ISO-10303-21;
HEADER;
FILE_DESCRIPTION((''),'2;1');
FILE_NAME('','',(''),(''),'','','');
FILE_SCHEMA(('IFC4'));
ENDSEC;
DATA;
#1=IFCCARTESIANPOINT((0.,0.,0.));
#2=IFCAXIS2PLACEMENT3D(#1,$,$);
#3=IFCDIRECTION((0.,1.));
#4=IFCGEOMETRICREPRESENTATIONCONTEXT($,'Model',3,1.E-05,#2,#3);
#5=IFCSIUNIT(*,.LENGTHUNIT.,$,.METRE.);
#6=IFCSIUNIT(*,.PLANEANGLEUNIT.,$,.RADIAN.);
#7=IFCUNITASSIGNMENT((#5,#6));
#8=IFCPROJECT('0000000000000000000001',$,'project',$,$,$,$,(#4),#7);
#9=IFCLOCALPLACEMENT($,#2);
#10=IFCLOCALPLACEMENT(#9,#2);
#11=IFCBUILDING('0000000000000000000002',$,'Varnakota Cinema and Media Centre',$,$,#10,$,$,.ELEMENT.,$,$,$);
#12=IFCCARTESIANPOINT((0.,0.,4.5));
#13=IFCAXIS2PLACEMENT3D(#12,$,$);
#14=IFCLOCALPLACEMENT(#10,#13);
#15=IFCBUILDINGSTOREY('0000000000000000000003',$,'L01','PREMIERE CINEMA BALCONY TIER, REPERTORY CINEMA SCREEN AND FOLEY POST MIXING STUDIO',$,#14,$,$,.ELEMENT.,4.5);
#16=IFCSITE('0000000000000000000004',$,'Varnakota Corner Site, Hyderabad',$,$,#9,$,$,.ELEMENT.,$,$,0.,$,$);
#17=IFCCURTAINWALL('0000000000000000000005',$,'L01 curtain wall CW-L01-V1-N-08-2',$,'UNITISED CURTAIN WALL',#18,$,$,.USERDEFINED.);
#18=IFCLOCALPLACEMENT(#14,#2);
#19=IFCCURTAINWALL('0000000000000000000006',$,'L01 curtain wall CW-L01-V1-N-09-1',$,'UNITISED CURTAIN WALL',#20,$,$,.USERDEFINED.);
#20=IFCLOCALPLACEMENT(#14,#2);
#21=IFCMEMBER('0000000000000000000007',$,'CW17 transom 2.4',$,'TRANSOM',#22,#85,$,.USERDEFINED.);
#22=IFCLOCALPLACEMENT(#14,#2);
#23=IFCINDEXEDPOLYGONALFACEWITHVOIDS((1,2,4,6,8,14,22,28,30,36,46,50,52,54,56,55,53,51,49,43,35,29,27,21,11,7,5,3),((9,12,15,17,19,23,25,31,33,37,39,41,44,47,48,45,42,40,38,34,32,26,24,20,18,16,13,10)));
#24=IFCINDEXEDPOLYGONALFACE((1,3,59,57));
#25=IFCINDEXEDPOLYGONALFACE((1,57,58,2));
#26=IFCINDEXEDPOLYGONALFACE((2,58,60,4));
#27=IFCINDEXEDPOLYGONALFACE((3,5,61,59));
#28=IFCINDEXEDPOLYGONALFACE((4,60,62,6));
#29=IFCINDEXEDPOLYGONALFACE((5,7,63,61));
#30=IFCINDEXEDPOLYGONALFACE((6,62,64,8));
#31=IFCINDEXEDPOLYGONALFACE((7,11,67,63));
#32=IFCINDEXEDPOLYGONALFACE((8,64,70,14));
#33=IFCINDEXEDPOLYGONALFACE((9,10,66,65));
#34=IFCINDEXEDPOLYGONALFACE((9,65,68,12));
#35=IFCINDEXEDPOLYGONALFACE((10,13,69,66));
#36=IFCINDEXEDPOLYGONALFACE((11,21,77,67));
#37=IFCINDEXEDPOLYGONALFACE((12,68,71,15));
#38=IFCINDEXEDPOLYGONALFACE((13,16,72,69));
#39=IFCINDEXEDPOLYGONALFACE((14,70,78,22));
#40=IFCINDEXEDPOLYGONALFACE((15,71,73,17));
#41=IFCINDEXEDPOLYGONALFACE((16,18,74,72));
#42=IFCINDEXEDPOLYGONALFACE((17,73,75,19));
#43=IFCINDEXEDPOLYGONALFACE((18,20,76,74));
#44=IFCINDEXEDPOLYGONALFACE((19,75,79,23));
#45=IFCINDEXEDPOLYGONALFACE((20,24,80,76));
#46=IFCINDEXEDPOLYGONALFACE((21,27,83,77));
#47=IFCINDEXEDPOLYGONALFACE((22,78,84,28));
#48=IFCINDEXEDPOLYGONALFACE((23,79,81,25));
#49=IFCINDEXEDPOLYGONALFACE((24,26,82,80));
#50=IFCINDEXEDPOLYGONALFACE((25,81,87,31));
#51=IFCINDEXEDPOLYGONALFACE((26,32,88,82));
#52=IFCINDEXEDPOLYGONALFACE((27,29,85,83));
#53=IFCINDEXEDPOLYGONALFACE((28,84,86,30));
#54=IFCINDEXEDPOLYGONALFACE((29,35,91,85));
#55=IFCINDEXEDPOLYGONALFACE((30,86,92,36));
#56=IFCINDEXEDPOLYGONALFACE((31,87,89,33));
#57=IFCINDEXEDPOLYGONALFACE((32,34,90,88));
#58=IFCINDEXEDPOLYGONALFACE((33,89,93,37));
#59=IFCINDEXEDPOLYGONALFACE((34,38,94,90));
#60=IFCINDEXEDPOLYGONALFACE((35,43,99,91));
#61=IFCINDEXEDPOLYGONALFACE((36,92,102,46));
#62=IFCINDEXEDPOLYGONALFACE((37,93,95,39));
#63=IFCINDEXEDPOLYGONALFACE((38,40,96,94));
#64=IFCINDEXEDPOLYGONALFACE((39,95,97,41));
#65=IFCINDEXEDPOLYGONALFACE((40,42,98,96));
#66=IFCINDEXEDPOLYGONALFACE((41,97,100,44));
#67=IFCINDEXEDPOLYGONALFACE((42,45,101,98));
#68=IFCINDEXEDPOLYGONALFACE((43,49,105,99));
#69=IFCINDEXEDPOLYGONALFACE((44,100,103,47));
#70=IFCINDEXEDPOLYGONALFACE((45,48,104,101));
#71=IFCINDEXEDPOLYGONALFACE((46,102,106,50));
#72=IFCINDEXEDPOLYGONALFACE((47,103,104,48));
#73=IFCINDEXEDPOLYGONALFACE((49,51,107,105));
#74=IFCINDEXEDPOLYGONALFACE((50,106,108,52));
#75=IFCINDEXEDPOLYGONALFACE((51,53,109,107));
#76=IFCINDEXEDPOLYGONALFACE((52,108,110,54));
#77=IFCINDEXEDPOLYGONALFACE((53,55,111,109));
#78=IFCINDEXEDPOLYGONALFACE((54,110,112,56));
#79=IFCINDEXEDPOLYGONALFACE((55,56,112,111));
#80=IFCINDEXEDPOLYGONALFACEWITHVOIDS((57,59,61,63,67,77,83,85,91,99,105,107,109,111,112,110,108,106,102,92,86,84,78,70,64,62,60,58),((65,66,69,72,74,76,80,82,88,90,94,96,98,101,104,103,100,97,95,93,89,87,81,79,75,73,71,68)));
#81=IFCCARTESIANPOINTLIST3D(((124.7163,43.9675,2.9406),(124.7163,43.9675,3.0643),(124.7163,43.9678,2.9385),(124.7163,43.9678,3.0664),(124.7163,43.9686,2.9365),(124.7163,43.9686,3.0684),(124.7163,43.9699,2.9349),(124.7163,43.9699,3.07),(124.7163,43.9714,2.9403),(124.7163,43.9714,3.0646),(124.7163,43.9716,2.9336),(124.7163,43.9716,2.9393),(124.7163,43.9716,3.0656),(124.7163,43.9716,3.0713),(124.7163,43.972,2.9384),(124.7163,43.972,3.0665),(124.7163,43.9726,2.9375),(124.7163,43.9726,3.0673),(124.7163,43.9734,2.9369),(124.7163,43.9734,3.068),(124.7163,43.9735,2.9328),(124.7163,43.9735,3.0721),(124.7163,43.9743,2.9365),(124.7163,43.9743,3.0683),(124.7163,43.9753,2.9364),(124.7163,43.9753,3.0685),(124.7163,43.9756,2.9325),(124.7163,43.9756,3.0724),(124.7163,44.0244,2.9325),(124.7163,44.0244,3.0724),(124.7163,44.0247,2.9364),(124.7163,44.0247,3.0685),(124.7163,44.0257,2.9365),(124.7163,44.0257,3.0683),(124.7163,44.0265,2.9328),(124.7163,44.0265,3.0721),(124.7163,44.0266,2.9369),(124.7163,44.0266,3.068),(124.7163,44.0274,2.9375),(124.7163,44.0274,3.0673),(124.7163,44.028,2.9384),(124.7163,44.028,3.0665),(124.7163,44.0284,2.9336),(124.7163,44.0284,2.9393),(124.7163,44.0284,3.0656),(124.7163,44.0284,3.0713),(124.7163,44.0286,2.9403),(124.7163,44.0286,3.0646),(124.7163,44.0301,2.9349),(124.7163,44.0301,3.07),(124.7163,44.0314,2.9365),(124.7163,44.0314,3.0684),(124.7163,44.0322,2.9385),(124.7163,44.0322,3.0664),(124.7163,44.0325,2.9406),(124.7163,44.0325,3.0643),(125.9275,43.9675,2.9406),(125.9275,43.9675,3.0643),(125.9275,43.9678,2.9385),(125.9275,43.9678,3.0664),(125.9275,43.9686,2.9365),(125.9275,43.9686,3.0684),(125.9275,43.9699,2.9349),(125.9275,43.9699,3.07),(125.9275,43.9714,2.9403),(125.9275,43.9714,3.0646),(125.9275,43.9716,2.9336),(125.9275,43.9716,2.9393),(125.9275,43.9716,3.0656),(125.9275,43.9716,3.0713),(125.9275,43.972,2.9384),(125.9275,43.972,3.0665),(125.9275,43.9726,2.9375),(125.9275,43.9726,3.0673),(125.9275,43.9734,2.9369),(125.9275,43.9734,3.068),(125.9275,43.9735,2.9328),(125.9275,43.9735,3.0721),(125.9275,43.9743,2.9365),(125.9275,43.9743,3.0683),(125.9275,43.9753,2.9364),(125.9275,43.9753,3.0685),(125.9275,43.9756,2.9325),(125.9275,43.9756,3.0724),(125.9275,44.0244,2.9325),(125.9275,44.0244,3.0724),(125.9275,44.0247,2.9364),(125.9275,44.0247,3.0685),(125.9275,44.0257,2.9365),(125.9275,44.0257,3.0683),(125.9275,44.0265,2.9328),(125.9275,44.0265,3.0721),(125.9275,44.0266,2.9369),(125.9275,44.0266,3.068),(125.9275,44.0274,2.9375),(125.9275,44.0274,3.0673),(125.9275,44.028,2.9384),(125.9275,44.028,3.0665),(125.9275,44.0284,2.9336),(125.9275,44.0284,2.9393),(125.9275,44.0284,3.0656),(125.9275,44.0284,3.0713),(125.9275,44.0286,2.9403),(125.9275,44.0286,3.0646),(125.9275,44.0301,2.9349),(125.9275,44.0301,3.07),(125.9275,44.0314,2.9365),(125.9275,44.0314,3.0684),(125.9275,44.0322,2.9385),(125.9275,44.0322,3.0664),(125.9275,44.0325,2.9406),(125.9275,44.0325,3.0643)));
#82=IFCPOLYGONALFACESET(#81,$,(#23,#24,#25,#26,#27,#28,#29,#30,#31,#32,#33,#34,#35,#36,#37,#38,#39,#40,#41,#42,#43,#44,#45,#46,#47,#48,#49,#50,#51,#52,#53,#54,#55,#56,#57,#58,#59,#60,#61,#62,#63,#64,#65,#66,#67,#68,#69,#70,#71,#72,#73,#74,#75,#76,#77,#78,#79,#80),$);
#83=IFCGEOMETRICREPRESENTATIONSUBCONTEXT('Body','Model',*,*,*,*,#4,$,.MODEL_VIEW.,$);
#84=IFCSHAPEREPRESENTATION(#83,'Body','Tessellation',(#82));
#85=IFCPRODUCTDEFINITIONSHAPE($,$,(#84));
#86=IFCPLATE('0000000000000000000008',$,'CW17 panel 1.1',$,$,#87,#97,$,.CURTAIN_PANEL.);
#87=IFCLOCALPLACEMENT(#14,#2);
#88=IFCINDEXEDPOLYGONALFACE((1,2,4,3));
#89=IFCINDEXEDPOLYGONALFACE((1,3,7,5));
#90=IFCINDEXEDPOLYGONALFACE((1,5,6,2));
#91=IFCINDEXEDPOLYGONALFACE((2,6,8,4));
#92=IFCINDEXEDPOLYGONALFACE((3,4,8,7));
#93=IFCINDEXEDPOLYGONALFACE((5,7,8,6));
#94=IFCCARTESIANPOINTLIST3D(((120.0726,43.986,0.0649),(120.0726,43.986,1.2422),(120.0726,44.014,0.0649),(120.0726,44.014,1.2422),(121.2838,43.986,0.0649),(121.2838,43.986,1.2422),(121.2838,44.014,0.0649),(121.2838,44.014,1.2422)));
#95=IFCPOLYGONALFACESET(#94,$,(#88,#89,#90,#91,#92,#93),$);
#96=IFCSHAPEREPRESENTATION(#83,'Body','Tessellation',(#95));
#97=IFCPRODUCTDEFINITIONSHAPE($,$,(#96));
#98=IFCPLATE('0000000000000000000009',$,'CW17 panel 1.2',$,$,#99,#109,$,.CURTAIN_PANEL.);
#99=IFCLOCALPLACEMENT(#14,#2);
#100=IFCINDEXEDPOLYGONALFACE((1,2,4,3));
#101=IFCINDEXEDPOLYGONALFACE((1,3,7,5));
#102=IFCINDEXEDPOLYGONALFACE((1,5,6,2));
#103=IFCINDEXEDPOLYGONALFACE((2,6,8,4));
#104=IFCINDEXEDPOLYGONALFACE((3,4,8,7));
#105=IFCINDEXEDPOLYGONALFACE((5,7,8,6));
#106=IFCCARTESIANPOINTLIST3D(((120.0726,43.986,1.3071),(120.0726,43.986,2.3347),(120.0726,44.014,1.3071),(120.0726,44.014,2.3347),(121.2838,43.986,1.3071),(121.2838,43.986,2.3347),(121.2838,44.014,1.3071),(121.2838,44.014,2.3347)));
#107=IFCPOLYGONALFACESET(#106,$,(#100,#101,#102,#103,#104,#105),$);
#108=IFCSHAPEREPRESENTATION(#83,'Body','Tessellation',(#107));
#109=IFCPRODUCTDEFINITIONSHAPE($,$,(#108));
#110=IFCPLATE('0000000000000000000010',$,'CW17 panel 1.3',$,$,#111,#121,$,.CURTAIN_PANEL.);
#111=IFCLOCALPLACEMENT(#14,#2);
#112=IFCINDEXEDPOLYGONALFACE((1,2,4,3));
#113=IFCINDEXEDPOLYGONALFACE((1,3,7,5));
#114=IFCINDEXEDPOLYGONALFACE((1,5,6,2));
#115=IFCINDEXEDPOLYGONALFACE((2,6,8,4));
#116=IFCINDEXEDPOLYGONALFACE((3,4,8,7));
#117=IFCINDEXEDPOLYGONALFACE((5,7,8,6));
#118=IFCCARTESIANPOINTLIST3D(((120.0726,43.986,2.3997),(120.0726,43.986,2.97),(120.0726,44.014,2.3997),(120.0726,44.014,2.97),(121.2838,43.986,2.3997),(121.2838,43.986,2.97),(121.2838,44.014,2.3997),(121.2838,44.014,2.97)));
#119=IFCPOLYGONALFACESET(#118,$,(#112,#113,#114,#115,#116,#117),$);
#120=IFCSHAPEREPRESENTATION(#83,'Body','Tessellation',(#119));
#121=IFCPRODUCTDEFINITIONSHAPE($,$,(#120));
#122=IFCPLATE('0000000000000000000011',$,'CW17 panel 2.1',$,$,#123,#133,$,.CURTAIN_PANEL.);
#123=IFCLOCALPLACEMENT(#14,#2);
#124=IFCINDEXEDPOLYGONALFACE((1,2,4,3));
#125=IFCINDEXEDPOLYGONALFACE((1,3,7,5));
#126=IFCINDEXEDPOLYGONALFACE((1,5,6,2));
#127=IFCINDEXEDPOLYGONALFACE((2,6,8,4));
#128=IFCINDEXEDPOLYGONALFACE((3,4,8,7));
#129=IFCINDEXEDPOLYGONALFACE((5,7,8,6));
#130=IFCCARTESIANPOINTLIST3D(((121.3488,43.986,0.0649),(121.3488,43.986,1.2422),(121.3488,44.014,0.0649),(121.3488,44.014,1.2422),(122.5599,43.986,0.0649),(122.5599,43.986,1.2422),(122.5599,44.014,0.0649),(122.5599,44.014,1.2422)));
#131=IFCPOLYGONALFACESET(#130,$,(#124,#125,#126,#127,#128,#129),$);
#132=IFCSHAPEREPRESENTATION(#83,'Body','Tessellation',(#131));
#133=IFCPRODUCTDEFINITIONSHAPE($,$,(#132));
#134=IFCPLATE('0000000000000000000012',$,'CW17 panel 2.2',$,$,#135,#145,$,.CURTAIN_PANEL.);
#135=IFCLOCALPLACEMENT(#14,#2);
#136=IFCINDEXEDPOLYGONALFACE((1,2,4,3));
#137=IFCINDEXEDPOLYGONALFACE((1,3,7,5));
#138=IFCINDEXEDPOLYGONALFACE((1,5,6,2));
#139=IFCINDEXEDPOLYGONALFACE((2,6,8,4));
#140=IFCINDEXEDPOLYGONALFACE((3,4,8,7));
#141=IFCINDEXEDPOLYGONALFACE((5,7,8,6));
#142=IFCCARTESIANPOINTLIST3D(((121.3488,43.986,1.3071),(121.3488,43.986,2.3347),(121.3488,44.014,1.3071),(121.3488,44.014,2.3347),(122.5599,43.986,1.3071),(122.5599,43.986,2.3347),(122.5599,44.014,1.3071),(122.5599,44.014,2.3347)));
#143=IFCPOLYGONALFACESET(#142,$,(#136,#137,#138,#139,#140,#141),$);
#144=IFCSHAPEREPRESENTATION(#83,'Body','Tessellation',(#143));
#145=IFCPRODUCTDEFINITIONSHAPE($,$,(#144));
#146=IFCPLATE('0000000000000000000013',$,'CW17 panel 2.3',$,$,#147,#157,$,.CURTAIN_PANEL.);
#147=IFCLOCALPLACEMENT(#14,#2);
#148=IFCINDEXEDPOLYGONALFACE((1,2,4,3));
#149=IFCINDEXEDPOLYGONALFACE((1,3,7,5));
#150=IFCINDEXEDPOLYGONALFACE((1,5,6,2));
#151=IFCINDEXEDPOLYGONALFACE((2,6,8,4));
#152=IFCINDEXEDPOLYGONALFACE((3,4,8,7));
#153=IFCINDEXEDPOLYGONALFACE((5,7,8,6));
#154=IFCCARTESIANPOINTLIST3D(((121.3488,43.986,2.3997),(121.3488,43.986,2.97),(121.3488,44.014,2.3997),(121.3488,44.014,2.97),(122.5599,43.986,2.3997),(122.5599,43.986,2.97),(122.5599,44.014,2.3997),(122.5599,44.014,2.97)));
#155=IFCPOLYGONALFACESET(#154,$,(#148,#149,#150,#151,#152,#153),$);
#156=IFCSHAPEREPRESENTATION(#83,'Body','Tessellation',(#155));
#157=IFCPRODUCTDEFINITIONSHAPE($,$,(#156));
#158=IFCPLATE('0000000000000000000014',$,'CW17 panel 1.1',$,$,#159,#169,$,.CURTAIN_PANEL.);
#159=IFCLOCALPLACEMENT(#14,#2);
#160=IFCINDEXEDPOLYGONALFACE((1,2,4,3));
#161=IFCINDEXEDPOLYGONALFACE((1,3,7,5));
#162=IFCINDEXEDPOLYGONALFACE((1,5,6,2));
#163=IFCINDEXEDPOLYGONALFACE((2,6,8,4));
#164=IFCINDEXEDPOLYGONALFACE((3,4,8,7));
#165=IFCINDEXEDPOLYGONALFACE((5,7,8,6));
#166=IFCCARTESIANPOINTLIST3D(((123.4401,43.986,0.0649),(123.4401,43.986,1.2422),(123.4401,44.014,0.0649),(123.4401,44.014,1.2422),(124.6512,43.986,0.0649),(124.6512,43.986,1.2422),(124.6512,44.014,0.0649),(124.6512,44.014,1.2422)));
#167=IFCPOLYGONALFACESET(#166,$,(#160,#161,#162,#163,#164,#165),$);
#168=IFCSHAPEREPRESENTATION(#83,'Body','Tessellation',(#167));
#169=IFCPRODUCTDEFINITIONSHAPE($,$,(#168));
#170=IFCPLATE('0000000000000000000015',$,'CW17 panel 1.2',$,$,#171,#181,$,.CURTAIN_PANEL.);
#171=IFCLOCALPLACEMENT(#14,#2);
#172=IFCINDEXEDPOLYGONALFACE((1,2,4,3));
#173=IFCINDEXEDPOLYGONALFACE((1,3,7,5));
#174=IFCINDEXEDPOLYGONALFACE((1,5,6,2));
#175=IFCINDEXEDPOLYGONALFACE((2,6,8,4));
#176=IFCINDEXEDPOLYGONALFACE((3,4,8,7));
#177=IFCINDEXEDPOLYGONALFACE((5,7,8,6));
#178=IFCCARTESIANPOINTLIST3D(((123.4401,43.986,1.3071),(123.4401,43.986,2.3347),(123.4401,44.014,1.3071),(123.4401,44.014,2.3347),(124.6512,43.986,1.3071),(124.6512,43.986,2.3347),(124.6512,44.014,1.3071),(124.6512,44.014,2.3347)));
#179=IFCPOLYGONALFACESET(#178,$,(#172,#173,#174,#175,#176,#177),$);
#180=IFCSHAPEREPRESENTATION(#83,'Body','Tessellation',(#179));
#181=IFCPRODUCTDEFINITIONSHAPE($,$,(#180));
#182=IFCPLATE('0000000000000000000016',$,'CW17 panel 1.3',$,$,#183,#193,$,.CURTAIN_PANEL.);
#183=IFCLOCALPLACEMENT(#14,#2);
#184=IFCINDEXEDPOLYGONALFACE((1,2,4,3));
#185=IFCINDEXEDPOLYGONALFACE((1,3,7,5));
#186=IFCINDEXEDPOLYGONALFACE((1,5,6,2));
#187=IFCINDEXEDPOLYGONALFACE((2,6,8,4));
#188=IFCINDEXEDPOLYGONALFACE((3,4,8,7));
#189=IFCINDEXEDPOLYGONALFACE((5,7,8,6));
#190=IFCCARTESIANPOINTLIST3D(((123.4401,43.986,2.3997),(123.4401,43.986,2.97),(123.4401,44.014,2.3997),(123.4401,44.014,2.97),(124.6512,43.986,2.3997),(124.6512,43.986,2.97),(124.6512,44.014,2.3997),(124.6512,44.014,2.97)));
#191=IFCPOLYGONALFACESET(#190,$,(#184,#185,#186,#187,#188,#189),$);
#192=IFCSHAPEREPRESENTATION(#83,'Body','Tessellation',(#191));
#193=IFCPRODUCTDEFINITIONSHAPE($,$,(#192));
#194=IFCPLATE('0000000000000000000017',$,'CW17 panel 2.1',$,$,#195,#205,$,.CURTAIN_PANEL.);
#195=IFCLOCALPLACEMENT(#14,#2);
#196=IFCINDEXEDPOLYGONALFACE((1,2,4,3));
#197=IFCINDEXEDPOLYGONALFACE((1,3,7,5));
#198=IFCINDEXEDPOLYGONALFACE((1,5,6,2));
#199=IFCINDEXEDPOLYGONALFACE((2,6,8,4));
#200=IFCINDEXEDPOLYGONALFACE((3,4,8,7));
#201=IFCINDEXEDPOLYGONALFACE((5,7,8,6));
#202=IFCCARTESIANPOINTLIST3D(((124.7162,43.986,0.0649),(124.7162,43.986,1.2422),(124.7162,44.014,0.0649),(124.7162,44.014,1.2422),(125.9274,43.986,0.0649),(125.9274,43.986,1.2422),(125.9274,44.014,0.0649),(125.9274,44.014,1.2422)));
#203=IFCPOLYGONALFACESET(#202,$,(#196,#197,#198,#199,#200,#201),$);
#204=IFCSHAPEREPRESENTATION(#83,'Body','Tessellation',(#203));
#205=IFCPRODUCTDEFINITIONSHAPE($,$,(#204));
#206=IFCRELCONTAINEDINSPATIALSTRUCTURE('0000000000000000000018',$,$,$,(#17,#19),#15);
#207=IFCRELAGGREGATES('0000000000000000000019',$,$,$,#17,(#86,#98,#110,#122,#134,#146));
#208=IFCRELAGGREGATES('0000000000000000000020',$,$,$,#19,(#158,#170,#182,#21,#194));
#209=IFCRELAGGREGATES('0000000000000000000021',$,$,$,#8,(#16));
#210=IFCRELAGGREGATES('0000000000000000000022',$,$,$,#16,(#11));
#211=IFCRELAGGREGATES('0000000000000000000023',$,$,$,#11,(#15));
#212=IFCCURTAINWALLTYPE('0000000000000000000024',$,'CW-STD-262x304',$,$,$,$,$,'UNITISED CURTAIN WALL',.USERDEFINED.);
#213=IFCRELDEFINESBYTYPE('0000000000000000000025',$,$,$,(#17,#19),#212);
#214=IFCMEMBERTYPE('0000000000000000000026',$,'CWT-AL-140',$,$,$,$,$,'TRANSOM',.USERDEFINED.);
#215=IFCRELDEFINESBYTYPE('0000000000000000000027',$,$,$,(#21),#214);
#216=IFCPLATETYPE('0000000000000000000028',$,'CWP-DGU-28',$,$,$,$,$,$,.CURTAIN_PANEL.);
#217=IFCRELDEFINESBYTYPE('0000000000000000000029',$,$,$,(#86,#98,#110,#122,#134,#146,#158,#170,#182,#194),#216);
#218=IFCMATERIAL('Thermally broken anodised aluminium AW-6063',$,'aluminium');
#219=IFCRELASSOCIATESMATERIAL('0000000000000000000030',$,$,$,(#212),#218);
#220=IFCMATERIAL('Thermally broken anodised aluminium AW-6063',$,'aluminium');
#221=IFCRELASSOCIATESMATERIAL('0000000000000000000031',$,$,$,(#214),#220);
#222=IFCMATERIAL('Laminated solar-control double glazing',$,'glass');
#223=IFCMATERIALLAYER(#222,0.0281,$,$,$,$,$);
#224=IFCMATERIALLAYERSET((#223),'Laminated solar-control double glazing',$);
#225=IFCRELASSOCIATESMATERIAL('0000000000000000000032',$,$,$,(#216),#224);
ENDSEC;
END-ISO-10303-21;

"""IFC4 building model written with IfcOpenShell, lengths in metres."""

from ifc_helpers import new_model, si_unit, direction, frame, origin, origin_2d, place, context, subcontext, project, spatial, rectangle, hollow_rectangle, extrude, material, layer, layer_set, material_profile, profile_set, type_object, element, aggregate, save


model = new_model("IFC4")

# Units and contexts
model_context = context("Model", 3, precision=1e-05, world=origin(), true_north=direction((0.0, 1.0)))
body_context = subcontext(model_context, "Body", "Model", "MODEL_VIEW")
ifc_project = project(units=[si_unit("LENGTHUNIT", "METRE"), si_unit("PLANEANGLEUNIT", "RADIAN")], contexts=[model_context])

# Site, building, storey
site_placement = place(None, origin())
site = spatial("IfcSite", under=ifc_project, at=site_placement, Name="Varnakota Corner Site, Hyderabad", CompositionType="ELEMENT", RefElevation=0.0)
building_placement = place(site_placement, origin())
building = spatial("IfcBuilding", under=site, at=building_placement, Name="Varnakota Cinema and Media Centre", CompositionType="ELEMENT")
storey_placement = place(building_placement, frame((0.0, 0.0, 4.5)))
storey = spatial("IfcBuildingStorey", under=building, at=storey_placement, Name="L01", Description="PREMIERE CINEMA BALCONY TIER, REPERTORY CINEMA SCREEN AND FOLEY POST MIXING STUDIO", CompositionType="ELEMENT", Elevation=4.5)

# Curtain walls
ifc_material_1 = material(Name="Thermally broken anodised aluminium AW-6063", Category="aluminium")
curtain_wall_type = type_object("IfcCurtainWallType", Name="CW-STD-262x304", ElementType="UNITISED CURTAIN WALL", PredefinedType="USERDEFINED", material=ifc_material_1)
curtain_wall_1_placement = place(storey_placement, origin())
curtain_wall_1 = element("IfcCurtainWall", 1, at=curtain_wall_1_placement, inside=storey, type_object=curtain_wall_type, Name="L01 curtain wall CW-L01-V1-N-08-2", ObjectType="UNITISED CURTAIN WALL", PredefinedType="USERDEFINED")
curtain_wall_2_placement = place(storey_placement, origin())
curtain_wall_2 = element("IfcCurtainWall", 2, at=curtain_wall_2_placement, inside=storey, type_object=curtain_wall_type, Name="L01 curtain wall CW-L01-V1-N-09-1", ObjectType="UNITISED CURTAIN WALL", PredefinedType="USERDEFINED")

# Member
ifc_material_2 = material(Name="Thermally broken anodised aluminium AW-6063", Category="aluminium")
ifc_material_profile_1 = material_profile(ifc_material_2, hollow_rectangle(XDim=0.0649, YDim=0.1399, WallThickness=0.0039, InnerFilletRadius=0.0039, OuterFilletRadius=0.0081, at=origin_2d()), Name="AL-TRANSOM 140x65x4")
ifc_profile_set_1 = profile_set([ifc_material_profile_1], Name="Thermally broken anodised aluminium AW-6063")
member_type_1 = type_object("IfcMemberType", Name="CWT-AL-140", ElementType="TRANSOM", PredefinedType="USERDEFINED", material=ifc_profile_set_1)
member_1_placement = place(storey_placement, frame((124.7163, 44.0, 3.0024), z_axis=(1.0, 0.0, 0.0), x_axis=(0.0, 1.0, 0.0)))
member_1 = element("IfcMember", 3, at=member_1_placement, type_object=member_type_1, Name="CW17 transom 2.4", ObjectType="TRANSOM", PredefinedType="USERDEFINED", context=body_context, shape_type="SweptSolid", body=[
    extrude(hollow_rectangle(XDim=0.0649, YDim=0.1399, WallThickness=0.0039, InnerFilletRadius=0.0039, OuterFilletRadius=0.0081, at=origin_2d()), origin(), (0.0, 0.0, 1.0), 1.2112),
])

# Plates
ifc_material_3 = material(Name="Laminated solar-control double glazing", Category="glass")
ifc_layer = layer(ifc_material_3, 0.0281)
ifc_layer_set = layer_set([ifc_layer], Name="Laminated solar-control double glazing")
plate_type = type_object("IfcPlateType", Name="CWP-DGU-28", PredefinedType="CURTAIN_PANEL", material=ifc_layer_set)
plate_1_placement = place(storey_placement, frame((120.6782, 44.0, 0.0649), z_axis=(0.0, 0.0, 1.0), x_axis=(1.0, 0.0, 0.0)))
plate_1 = element("IfcPlate", 4, at=plate_1_placement, type_object=plate_type, Name="CW17 panel 1.1", PredefinedType="CURTAIN_PANEL", context=body_context, shape_type="SweptSolid", body=[
    extrude(rectangle(XDim=1.2112, YDim=0.0281, at=origin_2d()), origin(), (0.0, 0.0, 1.0), 1.1772),
])
plate_2_placement = place(storey_placement, frame((120.6782, 44.0, 1.3071), z_axis=(0.0, 0.0, 1.0), x_axis=(1.0, 0.0, 0.0)))
plate_2 = element("IfcPlate", 5, at=plate_2_placement, type_object=plate_type, Name="CW17 panel 1.2", PredefinedType="CURTAIN_PANEL", context=body_context, shape_type="SweptSolid", body=[
    extrude(rectangle(XDim=1.2112, YDim=0.0281, at=origin_2d()), origin(), (0.0, 0.0, 1.0), 1.0276),
])
plate_3_placement = place(storey_placement, frame((120.6782, 44.0, 2.3997), z_axis=(0.0, 0.0, 1.0), x_axis=(1.0, 0.0, 0.0)))
plate_3 = element("IfcPlate", 6, at=plate_3_placement, type_object=plate_type, Name="CW17 panel 1.3", PredefinedType="CURTAIN_PANEL", context=body_context, shape_type="SweptSolid", body=[
    extrude(rectangle(XDim=1.2112, YDim=0.0281, at=origin_2d()), origin(), (0.0, 0.0, 1.0), 0.5703),
])
plate_4_placement = place(storey_placement, frame((121.9543, 44.0, 0.0649), z_axis=(0.0, 0.0, 1.0), x_axis=(1.0, 0.0, 0.0)))
plate_4 = element("IfcPlate", 7, at=plate_4_placement, type_object=plate_type, Name="CW17 panel 2.1", PredefinedType="CURTAIN_PANEL", context=body_context, shape_type="SweptSolid", body=[
    extrude(rectangle(XDim=1.2112, YDim=0.0281, at=origin_2d()), origin(), (0.0, 0.0, 1.0), 1.1772),
])
plate_5_placement = place(storey_placement, frame((121.9543, 44.0, 1.3071), z_axis=(0.0, 0.0, 1.0), x_axis=(1.0, 0.0, 0.0)))
plate_5 = element("IfcPlate", 8, at=plate_5_placement, type_object=plate_type, Name="CW17 panel 2.2", PredefinedType="CURTAIN_PANEL", context=body_context, shape_type="SweptSolid", body=[
    extrude(rectangle(XDim=1.2112, YDim=0.0281, at=origin_2d()), origin(), (0.0, 0.0, 1.0), 1.0276),
])
plate_6_placement = place(storey_placement, frame((121.9543, 44.0, 2.3997), z_axis=(0.0, 0.0, 1.0), x_axis=(1.0, 0.0, 0.0)))
plate_6 = element("IfcPlate", 9, at=plate_6_placement, type_object=plate_type, Name="CW17 panel 2.3", PredefinedType="CURTAIN_PANEL", context=body_context, shape_type="SweptSolid", body=[
    extrude(rectangle(XDim=1.2112, YDim=0.0281, at=origin_2d()), origin(), (0.0, 0.0, 1.0), 0.5703),
])
aggregate(curtain_wall_1, [plate_1, plate_2, plate_3, plate_4, plate_5, plate_6])
plate_7_placement = place(storey_placement, frame((124.0457, 44.0, 0.0649), z_axis=(0.0, 0.0, 1.0), x_axis=(1.0, 0.0, 0.0)))
plate_7 = element("IfcPlate", 10, at=plate_7_placement, type_object=plate_type, Name="CW17 panel 1.1", PredefinedType="CURTAIN_PANEL", context=body_context, shape_type="SweptSolid", body=[
    extrude(rectangle(XDim=1.2112, YDim=0.0281, at=origin_2d()), origin(), (0.0, 0.0, 1.0), 1.1772),
])
plate_8_placement = place(storey_placement, frame((124.0457, 44.0, 1.3071), z_axis=(0.0, 0.0, 1.0), x_axis=(1.0, 0.0, 0.0)))
plate_8 = element("IfcPlate", 11, at=plate_8_placement, type_object=plate_type, Name="CW17 panel 1.2", PredefinedType="CURTAIN_PANEL", context=body_context, shape_type="SweptSolid", body=[
    extrude(rectangle(XDim=1.2112, YDim=0.0281, at=origin_2d()), origin(), (0.0, 0.0, 1.0), 1.0276),
])
plate_9_placement = place(storey_placement, frame((124.0457, 44.0, 2.3997), z_axis=(0.0, 0.0, 1.0), x_axis=(1.0, 0.0, 0.0)))
plate_9 = element("IfcPlate", 12, at=plate_9_placement, type_object=plate_type, Name="CW17 panel 1.3", PredefinedType="CURTAIN_PANEL", context=body_context, shape_type="SweptSolid", body=[
    extrude(rectangle(XDim=1.2112, YDim=0.0281, at=origin_2d()), origin(), (0.0, 0.0, 1.0), 0.5703),
])
plate_10_placement = place(storey_placement, frame((125.3218, 44.0, 0.0649), z_axis=(0.0, 0.0, 1.0), x_axis=(1.0, 0.0, 0.0)))
plate_10 = element("IfcPlate", 13, at=plate_10_placement, type_object=plate_type, Name="CW17 panel 2.1", PredefinedType="CURTAIN_PANEL", context=body_context, shape_type="SweptSolid", body=[
    extrude(rectangle(XDim=1.2112, YDim=0.0281, at=origin_2d()), origin(), (0.0, 0.0, 1.0), 1.1772),
])
aggregate(curtain_wall_2, [plate_7, plate_8, plate_9, member_1, plate_10])

save(model, "model.ifc")
